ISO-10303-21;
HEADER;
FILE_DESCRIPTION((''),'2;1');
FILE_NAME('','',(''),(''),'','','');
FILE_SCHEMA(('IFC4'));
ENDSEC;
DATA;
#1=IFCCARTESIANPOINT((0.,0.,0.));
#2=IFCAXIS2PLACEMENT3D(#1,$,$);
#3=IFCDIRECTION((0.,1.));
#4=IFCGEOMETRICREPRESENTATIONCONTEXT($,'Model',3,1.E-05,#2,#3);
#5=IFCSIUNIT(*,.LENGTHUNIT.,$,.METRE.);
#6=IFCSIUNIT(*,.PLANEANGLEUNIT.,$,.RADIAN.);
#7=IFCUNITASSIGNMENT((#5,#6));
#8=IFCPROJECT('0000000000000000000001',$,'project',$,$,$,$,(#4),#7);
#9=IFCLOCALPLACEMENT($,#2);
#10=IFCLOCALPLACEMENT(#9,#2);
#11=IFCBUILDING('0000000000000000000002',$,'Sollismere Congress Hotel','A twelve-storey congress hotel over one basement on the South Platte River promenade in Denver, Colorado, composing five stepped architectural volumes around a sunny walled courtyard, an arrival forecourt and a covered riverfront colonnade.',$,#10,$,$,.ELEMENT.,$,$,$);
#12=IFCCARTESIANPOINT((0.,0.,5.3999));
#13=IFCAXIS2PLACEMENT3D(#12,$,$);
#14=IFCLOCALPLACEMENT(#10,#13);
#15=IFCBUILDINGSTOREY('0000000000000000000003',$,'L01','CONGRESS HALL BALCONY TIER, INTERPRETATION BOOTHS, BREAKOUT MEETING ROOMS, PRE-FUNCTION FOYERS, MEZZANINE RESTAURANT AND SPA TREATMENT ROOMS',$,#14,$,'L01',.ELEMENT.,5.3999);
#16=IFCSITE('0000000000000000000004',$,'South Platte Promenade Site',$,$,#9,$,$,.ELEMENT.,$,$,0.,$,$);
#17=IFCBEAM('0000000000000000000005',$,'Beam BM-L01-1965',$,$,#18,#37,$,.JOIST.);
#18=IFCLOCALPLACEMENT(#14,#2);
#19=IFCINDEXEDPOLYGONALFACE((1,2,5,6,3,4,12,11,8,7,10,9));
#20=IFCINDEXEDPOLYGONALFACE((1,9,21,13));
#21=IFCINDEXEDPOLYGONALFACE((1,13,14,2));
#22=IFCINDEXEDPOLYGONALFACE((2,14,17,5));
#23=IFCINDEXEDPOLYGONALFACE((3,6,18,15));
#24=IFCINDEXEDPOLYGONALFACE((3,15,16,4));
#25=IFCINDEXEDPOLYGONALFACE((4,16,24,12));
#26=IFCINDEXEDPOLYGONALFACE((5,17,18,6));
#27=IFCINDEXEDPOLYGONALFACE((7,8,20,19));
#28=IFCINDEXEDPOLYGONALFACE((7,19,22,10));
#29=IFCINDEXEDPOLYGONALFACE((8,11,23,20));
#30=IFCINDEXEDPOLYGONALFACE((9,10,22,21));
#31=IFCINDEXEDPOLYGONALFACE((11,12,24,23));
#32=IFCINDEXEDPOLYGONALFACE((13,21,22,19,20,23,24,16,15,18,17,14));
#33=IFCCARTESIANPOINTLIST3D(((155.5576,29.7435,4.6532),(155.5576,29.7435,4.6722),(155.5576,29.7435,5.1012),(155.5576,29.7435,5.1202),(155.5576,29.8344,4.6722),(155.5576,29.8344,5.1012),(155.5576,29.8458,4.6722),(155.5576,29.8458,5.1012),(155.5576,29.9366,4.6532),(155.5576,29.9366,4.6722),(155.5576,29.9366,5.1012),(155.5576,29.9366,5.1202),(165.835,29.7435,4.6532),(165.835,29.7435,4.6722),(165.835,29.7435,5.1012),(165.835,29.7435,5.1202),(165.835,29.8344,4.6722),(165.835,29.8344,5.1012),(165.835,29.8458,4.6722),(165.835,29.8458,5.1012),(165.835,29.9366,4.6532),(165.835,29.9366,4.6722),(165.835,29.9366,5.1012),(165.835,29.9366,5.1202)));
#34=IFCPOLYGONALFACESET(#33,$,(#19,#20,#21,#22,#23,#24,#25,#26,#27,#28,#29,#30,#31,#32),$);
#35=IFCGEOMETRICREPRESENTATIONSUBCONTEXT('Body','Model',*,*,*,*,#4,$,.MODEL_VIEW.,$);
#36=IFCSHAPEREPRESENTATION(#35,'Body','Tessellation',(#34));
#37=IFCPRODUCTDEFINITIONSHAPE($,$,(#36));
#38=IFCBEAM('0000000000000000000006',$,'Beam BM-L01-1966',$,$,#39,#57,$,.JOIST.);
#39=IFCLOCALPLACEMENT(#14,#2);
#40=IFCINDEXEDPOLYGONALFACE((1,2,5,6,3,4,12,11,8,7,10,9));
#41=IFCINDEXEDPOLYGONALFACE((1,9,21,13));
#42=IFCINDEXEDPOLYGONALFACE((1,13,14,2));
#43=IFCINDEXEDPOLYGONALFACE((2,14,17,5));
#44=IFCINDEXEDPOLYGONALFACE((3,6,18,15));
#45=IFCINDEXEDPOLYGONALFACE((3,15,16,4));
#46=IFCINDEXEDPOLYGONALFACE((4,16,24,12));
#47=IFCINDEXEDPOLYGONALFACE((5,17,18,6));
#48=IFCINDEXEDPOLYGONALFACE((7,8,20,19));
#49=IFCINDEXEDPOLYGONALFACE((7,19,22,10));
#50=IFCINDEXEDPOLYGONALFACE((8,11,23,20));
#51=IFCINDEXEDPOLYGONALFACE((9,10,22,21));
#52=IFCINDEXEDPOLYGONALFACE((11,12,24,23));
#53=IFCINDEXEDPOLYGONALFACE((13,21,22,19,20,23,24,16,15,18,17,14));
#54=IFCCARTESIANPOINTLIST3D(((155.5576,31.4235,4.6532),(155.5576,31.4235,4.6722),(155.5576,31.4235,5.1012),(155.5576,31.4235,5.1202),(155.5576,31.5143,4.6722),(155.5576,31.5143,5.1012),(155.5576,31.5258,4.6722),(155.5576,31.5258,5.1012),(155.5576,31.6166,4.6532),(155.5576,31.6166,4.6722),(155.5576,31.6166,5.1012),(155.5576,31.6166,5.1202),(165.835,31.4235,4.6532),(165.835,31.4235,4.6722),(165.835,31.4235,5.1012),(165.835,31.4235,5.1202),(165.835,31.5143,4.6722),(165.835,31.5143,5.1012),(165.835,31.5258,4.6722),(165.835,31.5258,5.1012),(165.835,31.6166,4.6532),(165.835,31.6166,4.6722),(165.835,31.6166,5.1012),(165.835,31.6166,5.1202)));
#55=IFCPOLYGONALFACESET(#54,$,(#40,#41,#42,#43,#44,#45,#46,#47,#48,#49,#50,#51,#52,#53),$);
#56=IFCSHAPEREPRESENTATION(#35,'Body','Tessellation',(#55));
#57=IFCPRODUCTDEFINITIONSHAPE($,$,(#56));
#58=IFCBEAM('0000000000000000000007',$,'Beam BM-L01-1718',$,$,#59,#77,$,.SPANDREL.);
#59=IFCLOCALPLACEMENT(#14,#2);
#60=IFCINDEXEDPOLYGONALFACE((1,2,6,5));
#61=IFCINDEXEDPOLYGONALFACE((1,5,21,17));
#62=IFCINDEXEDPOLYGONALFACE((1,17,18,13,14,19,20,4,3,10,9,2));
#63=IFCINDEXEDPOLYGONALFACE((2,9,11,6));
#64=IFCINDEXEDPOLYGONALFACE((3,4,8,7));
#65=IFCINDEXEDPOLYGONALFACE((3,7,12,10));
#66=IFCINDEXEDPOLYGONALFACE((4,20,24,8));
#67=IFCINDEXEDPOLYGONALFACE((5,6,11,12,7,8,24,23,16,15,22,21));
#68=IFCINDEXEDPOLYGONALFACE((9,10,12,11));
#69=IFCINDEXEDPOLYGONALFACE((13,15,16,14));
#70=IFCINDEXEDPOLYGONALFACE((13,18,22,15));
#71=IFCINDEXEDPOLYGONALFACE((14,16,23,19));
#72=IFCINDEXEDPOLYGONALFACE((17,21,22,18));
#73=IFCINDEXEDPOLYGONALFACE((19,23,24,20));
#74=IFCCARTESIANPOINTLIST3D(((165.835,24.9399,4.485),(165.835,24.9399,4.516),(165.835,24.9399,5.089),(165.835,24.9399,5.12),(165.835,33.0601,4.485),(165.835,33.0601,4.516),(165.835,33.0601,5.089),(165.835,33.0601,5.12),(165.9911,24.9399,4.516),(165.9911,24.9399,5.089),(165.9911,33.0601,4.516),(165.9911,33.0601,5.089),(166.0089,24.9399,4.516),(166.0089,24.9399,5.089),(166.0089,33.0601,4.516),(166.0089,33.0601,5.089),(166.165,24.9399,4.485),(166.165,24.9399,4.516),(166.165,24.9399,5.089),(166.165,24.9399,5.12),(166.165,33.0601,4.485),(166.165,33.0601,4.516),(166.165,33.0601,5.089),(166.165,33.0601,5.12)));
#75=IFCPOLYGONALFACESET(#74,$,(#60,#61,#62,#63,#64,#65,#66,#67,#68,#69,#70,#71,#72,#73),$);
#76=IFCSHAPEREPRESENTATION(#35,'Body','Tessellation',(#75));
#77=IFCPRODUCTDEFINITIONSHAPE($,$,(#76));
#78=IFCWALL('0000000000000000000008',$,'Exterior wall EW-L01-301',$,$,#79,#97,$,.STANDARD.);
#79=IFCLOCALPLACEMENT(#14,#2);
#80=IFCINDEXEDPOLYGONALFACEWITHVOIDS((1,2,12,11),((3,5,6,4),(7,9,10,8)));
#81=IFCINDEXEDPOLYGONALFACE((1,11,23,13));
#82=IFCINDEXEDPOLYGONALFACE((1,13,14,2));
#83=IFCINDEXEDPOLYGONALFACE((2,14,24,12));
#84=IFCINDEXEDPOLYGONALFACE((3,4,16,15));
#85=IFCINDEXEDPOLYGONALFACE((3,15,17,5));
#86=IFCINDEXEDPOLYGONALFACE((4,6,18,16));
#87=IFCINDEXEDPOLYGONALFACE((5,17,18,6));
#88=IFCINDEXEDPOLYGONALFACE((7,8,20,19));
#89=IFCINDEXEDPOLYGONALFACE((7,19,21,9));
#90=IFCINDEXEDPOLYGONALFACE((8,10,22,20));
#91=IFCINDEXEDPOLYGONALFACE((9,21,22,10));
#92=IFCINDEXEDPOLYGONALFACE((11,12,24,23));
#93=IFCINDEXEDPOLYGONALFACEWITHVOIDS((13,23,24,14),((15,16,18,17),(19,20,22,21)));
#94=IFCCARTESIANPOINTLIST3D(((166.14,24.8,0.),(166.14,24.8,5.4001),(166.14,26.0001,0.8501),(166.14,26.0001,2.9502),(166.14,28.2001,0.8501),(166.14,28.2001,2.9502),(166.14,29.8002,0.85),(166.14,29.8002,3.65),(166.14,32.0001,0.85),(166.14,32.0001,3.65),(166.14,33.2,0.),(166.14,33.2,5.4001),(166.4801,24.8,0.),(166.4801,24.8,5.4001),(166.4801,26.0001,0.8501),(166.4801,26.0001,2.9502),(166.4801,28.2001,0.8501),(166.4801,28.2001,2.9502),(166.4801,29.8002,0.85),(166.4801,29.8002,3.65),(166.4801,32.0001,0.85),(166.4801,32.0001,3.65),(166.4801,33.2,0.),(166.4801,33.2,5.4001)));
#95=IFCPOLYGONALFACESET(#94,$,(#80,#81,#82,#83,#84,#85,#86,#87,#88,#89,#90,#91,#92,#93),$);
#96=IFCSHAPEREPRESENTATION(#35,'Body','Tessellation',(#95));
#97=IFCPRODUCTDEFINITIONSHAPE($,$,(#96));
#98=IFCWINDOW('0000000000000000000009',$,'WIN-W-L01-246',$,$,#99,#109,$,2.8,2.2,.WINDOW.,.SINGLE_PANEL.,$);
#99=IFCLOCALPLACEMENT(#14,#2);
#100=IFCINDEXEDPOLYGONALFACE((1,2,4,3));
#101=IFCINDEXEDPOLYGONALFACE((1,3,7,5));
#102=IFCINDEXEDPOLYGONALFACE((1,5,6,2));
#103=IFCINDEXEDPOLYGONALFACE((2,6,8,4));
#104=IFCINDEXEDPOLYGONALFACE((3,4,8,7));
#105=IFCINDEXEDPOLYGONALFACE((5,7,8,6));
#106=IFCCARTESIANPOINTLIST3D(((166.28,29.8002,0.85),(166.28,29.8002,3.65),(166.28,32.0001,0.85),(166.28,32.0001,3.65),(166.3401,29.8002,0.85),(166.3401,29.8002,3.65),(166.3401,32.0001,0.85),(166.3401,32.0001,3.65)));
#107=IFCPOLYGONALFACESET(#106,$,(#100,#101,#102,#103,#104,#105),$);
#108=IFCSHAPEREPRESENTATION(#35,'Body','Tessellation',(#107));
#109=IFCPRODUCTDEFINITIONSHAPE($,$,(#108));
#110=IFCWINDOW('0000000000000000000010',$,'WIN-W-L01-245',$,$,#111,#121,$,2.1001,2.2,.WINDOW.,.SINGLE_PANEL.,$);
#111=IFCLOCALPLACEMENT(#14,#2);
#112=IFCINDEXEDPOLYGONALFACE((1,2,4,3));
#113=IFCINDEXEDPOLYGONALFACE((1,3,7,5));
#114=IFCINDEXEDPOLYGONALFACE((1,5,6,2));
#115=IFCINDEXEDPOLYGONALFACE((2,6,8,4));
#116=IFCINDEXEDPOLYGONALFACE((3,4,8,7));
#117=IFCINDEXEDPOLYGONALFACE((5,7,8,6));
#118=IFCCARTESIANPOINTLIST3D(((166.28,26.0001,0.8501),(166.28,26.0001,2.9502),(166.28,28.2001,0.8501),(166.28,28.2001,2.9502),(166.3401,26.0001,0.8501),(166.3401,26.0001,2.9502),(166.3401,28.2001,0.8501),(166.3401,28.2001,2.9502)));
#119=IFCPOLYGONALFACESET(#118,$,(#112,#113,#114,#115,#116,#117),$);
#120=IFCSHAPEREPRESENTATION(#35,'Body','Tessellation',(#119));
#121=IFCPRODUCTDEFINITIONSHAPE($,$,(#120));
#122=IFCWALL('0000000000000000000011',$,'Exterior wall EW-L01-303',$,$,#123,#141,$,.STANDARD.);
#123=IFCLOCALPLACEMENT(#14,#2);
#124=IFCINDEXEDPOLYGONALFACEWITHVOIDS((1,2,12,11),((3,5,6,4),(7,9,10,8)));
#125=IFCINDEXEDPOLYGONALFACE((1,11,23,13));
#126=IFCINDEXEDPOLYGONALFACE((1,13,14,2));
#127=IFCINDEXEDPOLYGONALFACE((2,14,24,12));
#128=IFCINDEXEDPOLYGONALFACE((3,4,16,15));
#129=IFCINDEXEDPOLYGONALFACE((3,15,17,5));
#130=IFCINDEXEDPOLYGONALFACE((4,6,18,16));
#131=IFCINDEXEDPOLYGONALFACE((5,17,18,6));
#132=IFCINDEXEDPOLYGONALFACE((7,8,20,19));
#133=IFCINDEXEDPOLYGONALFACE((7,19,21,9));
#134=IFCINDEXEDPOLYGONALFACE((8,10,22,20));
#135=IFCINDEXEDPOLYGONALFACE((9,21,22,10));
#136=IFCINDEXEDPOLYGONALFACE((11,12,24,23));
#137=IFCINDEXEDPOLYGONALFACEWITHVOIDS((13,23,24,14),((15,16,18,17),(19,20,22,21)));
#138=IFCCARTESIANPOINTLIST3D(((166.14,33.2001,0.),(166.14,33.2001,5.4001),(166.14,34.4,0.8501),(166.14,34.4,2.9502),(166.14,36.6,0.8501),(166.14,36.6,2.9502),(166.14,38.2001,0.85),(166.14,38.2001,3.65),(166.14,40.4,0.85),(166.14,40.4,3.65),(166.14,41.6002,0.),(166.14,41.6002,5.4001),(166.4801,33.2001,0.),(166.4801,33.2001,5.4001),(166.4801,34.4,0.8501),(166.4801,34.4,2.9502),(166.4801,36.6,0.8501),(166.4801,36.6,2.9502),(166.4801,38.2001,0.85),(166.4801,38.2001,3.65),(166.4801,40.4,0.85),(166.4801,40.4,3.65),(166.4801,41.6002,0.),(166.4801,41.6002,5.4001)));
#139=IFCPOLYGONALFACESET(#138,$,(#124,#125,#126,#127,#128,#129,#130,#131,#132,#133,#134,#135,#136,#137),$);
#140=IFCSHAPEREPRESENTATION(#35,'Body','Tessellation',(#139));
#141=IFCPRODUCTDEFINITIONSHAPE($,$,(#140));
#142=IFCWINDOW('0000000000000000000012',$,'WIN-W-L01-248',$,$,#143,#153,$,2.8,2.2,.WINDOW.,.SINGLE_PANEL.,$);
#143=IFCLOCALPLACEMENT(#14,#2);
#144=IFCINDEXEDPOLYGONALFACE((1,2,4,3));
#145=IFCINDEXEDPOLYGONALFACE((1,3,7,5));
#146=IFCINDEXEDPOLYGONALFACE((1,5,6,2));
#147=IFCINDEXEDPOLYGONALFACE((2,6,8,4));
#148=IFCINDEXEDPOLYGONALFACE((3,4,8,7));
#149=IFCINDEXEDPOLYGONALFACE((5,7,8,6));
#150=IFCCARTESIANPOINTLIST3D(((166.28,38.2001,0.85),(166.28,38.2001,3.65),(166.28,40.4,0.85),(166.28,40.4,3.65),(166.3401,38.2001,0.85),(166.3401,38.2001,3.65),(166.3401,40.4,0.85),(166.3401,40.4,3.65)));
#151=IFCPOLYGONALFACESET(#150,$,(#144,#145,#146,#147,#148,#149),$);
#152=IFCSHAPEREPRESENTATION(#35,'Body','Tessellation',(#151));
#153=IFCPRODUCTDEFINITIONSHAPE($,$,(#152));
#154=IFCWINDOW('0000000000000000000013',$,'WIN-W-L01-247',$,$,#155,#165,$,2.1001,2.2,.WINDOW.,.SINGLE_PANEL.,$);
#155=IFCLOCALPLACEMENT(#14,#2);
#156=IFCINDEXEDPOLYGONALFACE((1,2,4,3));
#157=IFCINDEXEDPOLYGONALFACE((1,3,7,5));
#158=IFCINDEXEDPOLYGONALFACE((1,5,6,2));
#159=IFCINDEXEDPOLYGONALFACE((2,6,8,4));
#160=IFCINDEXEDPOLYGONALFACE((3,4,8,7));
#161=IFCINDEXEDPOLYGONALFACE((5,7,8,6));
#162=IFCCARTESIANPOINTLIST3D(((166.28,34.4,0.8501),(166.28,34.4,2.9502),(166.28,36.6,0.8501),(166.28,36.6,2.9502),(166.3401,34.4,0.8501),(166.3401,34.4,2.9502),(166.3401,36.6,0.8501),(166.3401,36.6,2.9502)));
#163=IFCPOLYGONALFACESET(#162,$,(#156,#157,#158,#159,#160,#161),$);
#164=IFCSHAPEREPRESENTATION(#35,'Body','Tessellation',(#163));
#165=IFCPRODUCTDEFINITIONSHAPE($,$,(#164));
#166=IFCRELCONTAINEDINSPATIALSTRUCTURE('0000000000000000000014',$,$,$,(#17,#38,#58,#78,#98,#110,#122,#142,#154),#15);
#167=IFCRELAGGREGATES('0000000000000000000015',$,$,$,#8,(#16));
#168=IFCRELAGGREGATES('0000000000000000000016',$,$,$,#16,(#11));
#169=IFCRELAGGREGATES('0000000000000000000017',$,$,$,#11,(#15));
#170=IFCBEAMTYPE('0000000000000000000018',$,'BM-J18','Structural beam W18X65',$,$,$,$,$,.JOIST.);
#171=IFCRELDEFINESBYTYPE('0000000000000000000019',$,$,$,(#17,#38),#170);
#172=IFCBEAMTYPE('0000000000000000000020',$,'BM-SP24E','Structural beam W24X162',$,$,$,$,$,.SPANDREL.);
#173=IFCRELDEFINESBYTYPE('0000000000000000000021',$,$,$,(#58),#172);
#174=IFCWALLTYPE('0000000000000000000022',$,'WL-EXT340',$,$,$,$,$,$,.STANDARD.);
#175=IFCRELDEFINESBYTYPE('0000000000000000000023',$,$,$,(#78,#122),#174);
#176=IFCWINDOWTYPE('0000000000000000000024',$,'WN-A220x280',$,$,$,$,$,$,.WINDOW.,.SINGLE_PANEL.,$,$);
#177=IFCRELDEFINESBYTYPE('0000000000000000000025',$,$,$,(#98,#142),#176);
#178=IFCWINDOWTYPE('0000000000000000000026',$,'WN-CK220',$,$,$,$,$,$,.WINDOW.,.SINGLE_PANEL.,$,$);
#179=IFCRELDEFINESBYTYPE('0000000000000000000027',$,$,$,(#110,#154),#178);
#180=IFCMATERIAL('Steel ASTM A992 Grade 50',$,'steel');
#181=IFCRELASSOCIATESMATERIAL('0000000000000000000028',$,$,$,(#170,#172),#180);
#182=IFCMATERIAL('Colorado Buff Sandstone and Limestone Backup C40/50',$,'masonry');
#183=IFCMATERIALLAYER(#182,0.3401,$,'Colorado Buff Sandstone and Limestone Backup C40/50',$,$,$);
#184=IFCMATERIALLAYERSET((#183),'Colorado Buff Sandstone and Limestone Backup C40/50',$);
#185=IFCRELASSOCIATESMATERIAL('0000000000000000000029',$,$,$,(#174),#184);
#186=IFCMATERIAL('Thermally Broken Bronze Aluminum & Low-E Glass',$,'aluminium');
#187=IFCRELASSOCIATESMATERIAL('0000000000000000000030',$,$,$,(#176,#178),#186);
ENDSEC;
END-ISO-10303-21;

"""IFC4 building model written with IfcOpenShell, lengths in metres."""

from ifc_helpers import new_model, si_unit, direction, frame, frame_2d, origin, origin_2d, place, context, subcontext, project, spatial, rectangle, i_section, extrude, material, layer, layer_set, material_profile, profile_set, type_object, element, fill, save


model = new_model("IFC4")

# Units and contexts
model_context = context("Model", 3, precision=1e-05, world=origin(), true_north=direction((0.0, 1.0)))
body_context = subcontext(model_context, "Body", "Model", "MODEL_VIEW")
ifc_project = project(units=[si_unit("LENGTHUNIT", "METRE"), si_unit("PLANEANGLEUNIT", "RADIAN")], contexts=[model_context])

# Site, building, storey
site_placement = place(None, origin())
site = spatial("IfcSite", under=ifc_project, at=site_placement, Name="South Platte Promenade Site", CompositionType="ELEMENT", RefElevation=0.0)
building_placement = place(site_placement, origin())
building = spatial("IfcBuilding", under=site, at=building_placement, Name="Sollismere Congress Hotel", Description="A twelve-storey congress hotel over one basement on the South Platte River promenade in Denver, Colorado, composing five stepped architectural volumes around a sunny walled courtyard, an arrival forecourt and a covered riverfront colonnade.", CompositionType="ELEMENT")
storey_placement = place(building_placement, frame((0.0, 0.0, 5.3999)))
storey = spatial("IfcBuildingStorey", under=building, at=storey_placement, Name="L01", Description="CONGRESS HALL BALCONY TIER, INTERPRETATION BOOTHS, BREAKOUT MEETING ROOMS, PRE-FUNCTION FOYERS, MEZZANINE RESTAURANT AND SPA TREATMENT ROOMS", LongName="L01", CompositionType="ELEMENT", Elevation=5.3999)

# Shared definitions
ifc_material_1 = material(Name="Steel ASTM A992 Grade 50", Category="steel")

# Beams
ifc_material_profile_1 = material_profile(ifc_material_1, i_section(OverallWidth=0.1931, OverallDepth=0.467, WebThickness=0.0115, FlangeThickness=0.019, at=origin_2d()), Name="W18X65")
ifc_profile_set_1 = profile_set([ifc_material_profile_1], Name="Steel ASTM A992 Grade 50")
beam_type_1 = type_object("IfcBeamType", Name="BM-J18", Description="Structural beam W18X65", PredefinedType="JOIST", material=ifc_profile_set_1)
for number, where, z_axis, x_axis, name in (
    (1, (155.5576, 29.8401, 4.8867), (1.0, 0.0, 0.0), (0.0, 1.0, 0.0), "Beam BM-L01-1965"),
    (2, (155.5576, 31.52, 4.8867), (1.0, 0.0, 0.0), (0.0, 1.0, 0.0), "Beam BM-L01-1966"),
):
    element("IfcBeam", number, at=place(storey_placement, frame(where, z_axis=z_axis, x_axis=x_axis)), inside=storey, type_object=beam_type_1, Name=name, PredefinedType="JOIST", context=body_context, shape_type="SweptSolid", body=[
        extrude(i_section(OverallWidth=0.1931, OverallDepth=0.467, WebThickness=0.0115, FlangeThickness=0.019, at=origin_2d()), origin(), (0.0, 0.0, 1.0), 10.2773),
    ])
ifc_material_profile_2 = material_profile(ifc_material_1, i_section(OverallWidth=0.3301, OverallDepth=0.635, WebThickness=0.0178, FlangeThickness=0.031, at=origin_2d()), Name="W24X162")
ifc_profile_set_2 = profile_set([ifc_material_profile_2], Name="Steel ASTM A992 Grade 50")
beam_type_2 = type_object("IfcBeamType", Name="BM-SP24E", Description="Structural beam W24X162", PredefinedType="SPANDREL", material=ifc_profile_set_2)
beam_1_placement = place(storey_placement, frame((166.0, 24.9399, 4.8025), z_axis=(0.0, 1.0, 0.0), x_axis=(-1.0, 0.0, 0.0)))
element("IfcBeam", 3, at=beam_1_placement, inside=storey, type_object=beam_type_2, Name="Beam BM-L01-1718", PredefinedType="SPANDREL", context=body_context, shape_type="SweptSolid", body=[
    extrude(i_section(OverallWidth=0.3301, OverallDepth=0.635, WebThickness=0.0178, FlangeThickness=0.031, at=origin_2d()), origin(), (0.0, 0.0, 1.0), 8.1201),
])

# Walls, openings, windows
ifc_material_2 = material(Name="Colorado Buff Sandstone and Limestone Backup C40/50", Category="masonry")
ifc_layer_1 = layer(ifc_material_2, 0.3401, Name="Colorado Buff Sandstone and Limestone Backup C40/50")
ifc_layer_set_1 = layer_set([ifc_layer_1], Name="Colorado Buff Sandstone and Limestone Backup C40/50")
wall_type_1 = type_object("IfcWallType", Name="WL-EXT340", PredefinedType="STANDARD", material=ifc_layer_set_1)
wall_1_placement = place(storey_placement, frame((166.3101, 24.8, 0.0), z_axis=(0.0, 0.0, 1.0), x_axis=(0.0, 1.0, 0.0)))
wall_1 = element("IfcWall", 4, at=wall_1_placement, inside=storey, type_object=wall_type_1, Name="Exterior wall EW-L01-301", PredefinedType="STANDARD", context=body_context, shape_type="SweptSolid", body=[
    extrude(rectangle(XDim=8.3999, YDim=0.3401, at=frame_2d((4.2, 0.0))), origin(), (0.0, 0.0, 1.0), 5.4001),
])
opening_1_placement = place(wall_1_placement, frame((1.2, 0.0, 0.8501)))
opening_1 = element("IfcOpeningElement", 5, at=opening_1_placement, cuts=wall_1, PredefinedType="OPENING", context=body_context, shape_type="SweptSolid", body=[
    extrude(rectangle(XDim=2.2, YDim=2.1001, at=frame_2d((1.1001, 1.05))), frame((0.0, 0.1799, 0.0), z_axis=(0.0, -1.0, 0.0), x_axis=(1.0, 0.0, 0.0)), (0.0, 0.0, 1.0), 0.3601),
])
opening_2_placement = place(wall_1_placement, frame((5.0, 0.0, 0.8501)))
opening_2 = element("IfcOpeningElement", 6, at=opening_2_placement, cuts=wall_1, PredefinedType="OPENING", context=body_context, shape_type="SweptSolid", body=[
    extrude(rectangle(XDim=2.2, YDim=2.8, at=frame_2d((1.1001, 1.3999))), frame((0.0, 0.1799, 0.0), z_axis=(0.0, -1.0, 0.0), x_axis=(1.0, 0.0, 0.0)), (0.0, 0.0, 1.0), 0.3601),
])
ifc_material_3 = material(Name="Thermally Broken Bronze Aluminum & Low-E Glass", Category="aluminium")
window_type_1 = type_object("IfcWindowType", Name="WN-A220x280", PartitioningType="SINGLE_PANEL", PredefinedType="WINDOW", material=ifc_material_3)
window_1_placement = place(opening_2_placement, origin())
window_1 = element("IfcWindow", 7, at=window_1_placement, inside=storey, type_object=window_type_1, Name="WIN-W-L01-246", OverallHeight=2.8, OverallWidth=2.2, PartitioningType="SINGLE_PANEL", PredefinedType="WINDOW", context=body_context, shape_type="SweptSolid", body=[
    extrude(rectangle(XDim=2.2, YDim=2.8, at=frame_2d((1.1001, 1.3999))), frame((0.0, 0.03, 0.0), z_axis=(0.0, -1.0, 0.0), x_axis=(1.0, 0.0, 0.0)), (0.0, 0.0, 1.0), 0.0601),
])
fill(opening_2, window_1)
window_type_2 = type_object("IfcWindowType", Name="WN-CK220", PartitioningType="SINGLE_PANEL", PredefinedType="WINDOW", material=ifc_material_3)
window_2_placement = place(opening_1_placement, origin())
window_2 = element("IfcWindow", 8, at=window_2_placement, inside=storey, type_object=window_type_2, Name="WIN-W-L01-245", OverallHeight=2.1001, OverallWidth=2.2, PartitioningType="SINGLE_PANEL", PredefinedType="WINDOW", context=body_context, shape_type="SweptSolid", body=[
    extrude(rectangle(XDim=2.2, YDim=2.1001, at=frame_2d((1.1001, 1.05))), frame((0.0, 0.03, 0.0), z_axis=(0.0, -1.0, 0.0), x_axis=(1.0, 0.0, 0.0)), (0.0, 0.0, 1.0), 0.0601),
])
fill(opening_1, window_2)
wall_2_placement = place(storey_placement, frame((166.3101, 33.2, 0.0), z_axis=(0.0, 0.0, 1.0), x_axis=(0.0, 1.0, 0.0)))
wall_2 = element("IfcWall", 9, at=wall_2_placement, inside=storey, type_object=wall_type_1, Name="Exterior wall EW-L01-303", PredefinedType="STANDARD", context=body_context, shape_type="SweptSolid", body=[
    extrude(rectangle(XDim=8.4001, YDim=0.3401, at=frame_2d((4.2002, 0.0))), origin(), (0.0, 0.0, 1.0), 5.4001),
])
opening_3_placement = place(wall_2_placement, frame((1.2, 0.0, 0.8501)))
opening_3 = element("IfcOpeningElement", 10, at=opening_3_placement, cuts=wall_2, PredefinedType="OPENING", context=body_context, shape_type="SweptSolid", body=[
    extrude(rectangle(XDim=2.2, YDim=2.1001, at=frame_2d((1.1001, 1.05))), frame((0.0, 0.1799, 0.0), z_axis=(0.0, -1.0, 0.0), x_axis=(1.0, 0.0, 0.0)), (0.0, 0.0, 1.0), 0.3601),
])
opening_4_placement = place(wall_2_placement, frame((5.0, 0.0, 0.8501)))
opening_4 = element("IfcOpeningElement", 11, at=opening_4_placement, cuts=wall_2, PredefinedType="OPENING", context=body_context, shape_type="SweptSolid", body=[
    extrude(rectangle(XDim=2.2, YDim=2.8, at=frame_2d((1.1001, 1.3999))), frame((0.0, 0.1799, 0.0), z_axis=(0.0, -1.0, 0.0), x_axis=(1.0, 0.0, 0.0)), (0.0, 0.0, 1.0), 0.3601),
])
window_3_placement = place(opening_4_placement, origin())
window_3 = element("IfcWindow", 12, at=window_3_placement, inside=storey, type_object=window_type_1, Name="WIN-W-L01-248", OverallHeight=2.8, OverallWidth=2.2, PartitioningType="SINGLE_PANEL", PredefinedType="WINDOW", context=body_context, shape_type="SweptSolid", body=[
    extrude(rectangle(XDim=2.2, YDim=2.8, at=frame_2d((1.1001, 1.3999))), frame((0.0, 0.03, 0.0), z_axis=(0.0, -1.0, 0.0), x_axis=(1.0, 0.0, 0.0)), (0.0, 0.0, 1.0), 0.0601),
])
fill(opening_4, window_3)
window_4_placement = place(opening_3_placement, origin())
window_4 = element("IfcWindow", 13, at=window_4_placement, inside=storey, type_object=window_type_2, Name="WIN-W-L01-247", OverallHeight=2.1001, OverallWidth=2.2, PartitioningType="SINGLE_PANEL", PredefinedType="WINDOW", context=body_context, shape_type="SweptSolid", body=[
    extrude(rectangle(XDim=2.2, YDim=2.1001, at=frame_2d((1.1001, 1.05))), frame((0.0, 0.03, 0.0), z_axis=(0.0, -1.0, 0.0), x_axis=(1.0, 0.0, 0.0)), (0.0, 0.0, 1.0), 0.0601),
])
fill(opening_3, window_4)

save(model, "model.ifc")
